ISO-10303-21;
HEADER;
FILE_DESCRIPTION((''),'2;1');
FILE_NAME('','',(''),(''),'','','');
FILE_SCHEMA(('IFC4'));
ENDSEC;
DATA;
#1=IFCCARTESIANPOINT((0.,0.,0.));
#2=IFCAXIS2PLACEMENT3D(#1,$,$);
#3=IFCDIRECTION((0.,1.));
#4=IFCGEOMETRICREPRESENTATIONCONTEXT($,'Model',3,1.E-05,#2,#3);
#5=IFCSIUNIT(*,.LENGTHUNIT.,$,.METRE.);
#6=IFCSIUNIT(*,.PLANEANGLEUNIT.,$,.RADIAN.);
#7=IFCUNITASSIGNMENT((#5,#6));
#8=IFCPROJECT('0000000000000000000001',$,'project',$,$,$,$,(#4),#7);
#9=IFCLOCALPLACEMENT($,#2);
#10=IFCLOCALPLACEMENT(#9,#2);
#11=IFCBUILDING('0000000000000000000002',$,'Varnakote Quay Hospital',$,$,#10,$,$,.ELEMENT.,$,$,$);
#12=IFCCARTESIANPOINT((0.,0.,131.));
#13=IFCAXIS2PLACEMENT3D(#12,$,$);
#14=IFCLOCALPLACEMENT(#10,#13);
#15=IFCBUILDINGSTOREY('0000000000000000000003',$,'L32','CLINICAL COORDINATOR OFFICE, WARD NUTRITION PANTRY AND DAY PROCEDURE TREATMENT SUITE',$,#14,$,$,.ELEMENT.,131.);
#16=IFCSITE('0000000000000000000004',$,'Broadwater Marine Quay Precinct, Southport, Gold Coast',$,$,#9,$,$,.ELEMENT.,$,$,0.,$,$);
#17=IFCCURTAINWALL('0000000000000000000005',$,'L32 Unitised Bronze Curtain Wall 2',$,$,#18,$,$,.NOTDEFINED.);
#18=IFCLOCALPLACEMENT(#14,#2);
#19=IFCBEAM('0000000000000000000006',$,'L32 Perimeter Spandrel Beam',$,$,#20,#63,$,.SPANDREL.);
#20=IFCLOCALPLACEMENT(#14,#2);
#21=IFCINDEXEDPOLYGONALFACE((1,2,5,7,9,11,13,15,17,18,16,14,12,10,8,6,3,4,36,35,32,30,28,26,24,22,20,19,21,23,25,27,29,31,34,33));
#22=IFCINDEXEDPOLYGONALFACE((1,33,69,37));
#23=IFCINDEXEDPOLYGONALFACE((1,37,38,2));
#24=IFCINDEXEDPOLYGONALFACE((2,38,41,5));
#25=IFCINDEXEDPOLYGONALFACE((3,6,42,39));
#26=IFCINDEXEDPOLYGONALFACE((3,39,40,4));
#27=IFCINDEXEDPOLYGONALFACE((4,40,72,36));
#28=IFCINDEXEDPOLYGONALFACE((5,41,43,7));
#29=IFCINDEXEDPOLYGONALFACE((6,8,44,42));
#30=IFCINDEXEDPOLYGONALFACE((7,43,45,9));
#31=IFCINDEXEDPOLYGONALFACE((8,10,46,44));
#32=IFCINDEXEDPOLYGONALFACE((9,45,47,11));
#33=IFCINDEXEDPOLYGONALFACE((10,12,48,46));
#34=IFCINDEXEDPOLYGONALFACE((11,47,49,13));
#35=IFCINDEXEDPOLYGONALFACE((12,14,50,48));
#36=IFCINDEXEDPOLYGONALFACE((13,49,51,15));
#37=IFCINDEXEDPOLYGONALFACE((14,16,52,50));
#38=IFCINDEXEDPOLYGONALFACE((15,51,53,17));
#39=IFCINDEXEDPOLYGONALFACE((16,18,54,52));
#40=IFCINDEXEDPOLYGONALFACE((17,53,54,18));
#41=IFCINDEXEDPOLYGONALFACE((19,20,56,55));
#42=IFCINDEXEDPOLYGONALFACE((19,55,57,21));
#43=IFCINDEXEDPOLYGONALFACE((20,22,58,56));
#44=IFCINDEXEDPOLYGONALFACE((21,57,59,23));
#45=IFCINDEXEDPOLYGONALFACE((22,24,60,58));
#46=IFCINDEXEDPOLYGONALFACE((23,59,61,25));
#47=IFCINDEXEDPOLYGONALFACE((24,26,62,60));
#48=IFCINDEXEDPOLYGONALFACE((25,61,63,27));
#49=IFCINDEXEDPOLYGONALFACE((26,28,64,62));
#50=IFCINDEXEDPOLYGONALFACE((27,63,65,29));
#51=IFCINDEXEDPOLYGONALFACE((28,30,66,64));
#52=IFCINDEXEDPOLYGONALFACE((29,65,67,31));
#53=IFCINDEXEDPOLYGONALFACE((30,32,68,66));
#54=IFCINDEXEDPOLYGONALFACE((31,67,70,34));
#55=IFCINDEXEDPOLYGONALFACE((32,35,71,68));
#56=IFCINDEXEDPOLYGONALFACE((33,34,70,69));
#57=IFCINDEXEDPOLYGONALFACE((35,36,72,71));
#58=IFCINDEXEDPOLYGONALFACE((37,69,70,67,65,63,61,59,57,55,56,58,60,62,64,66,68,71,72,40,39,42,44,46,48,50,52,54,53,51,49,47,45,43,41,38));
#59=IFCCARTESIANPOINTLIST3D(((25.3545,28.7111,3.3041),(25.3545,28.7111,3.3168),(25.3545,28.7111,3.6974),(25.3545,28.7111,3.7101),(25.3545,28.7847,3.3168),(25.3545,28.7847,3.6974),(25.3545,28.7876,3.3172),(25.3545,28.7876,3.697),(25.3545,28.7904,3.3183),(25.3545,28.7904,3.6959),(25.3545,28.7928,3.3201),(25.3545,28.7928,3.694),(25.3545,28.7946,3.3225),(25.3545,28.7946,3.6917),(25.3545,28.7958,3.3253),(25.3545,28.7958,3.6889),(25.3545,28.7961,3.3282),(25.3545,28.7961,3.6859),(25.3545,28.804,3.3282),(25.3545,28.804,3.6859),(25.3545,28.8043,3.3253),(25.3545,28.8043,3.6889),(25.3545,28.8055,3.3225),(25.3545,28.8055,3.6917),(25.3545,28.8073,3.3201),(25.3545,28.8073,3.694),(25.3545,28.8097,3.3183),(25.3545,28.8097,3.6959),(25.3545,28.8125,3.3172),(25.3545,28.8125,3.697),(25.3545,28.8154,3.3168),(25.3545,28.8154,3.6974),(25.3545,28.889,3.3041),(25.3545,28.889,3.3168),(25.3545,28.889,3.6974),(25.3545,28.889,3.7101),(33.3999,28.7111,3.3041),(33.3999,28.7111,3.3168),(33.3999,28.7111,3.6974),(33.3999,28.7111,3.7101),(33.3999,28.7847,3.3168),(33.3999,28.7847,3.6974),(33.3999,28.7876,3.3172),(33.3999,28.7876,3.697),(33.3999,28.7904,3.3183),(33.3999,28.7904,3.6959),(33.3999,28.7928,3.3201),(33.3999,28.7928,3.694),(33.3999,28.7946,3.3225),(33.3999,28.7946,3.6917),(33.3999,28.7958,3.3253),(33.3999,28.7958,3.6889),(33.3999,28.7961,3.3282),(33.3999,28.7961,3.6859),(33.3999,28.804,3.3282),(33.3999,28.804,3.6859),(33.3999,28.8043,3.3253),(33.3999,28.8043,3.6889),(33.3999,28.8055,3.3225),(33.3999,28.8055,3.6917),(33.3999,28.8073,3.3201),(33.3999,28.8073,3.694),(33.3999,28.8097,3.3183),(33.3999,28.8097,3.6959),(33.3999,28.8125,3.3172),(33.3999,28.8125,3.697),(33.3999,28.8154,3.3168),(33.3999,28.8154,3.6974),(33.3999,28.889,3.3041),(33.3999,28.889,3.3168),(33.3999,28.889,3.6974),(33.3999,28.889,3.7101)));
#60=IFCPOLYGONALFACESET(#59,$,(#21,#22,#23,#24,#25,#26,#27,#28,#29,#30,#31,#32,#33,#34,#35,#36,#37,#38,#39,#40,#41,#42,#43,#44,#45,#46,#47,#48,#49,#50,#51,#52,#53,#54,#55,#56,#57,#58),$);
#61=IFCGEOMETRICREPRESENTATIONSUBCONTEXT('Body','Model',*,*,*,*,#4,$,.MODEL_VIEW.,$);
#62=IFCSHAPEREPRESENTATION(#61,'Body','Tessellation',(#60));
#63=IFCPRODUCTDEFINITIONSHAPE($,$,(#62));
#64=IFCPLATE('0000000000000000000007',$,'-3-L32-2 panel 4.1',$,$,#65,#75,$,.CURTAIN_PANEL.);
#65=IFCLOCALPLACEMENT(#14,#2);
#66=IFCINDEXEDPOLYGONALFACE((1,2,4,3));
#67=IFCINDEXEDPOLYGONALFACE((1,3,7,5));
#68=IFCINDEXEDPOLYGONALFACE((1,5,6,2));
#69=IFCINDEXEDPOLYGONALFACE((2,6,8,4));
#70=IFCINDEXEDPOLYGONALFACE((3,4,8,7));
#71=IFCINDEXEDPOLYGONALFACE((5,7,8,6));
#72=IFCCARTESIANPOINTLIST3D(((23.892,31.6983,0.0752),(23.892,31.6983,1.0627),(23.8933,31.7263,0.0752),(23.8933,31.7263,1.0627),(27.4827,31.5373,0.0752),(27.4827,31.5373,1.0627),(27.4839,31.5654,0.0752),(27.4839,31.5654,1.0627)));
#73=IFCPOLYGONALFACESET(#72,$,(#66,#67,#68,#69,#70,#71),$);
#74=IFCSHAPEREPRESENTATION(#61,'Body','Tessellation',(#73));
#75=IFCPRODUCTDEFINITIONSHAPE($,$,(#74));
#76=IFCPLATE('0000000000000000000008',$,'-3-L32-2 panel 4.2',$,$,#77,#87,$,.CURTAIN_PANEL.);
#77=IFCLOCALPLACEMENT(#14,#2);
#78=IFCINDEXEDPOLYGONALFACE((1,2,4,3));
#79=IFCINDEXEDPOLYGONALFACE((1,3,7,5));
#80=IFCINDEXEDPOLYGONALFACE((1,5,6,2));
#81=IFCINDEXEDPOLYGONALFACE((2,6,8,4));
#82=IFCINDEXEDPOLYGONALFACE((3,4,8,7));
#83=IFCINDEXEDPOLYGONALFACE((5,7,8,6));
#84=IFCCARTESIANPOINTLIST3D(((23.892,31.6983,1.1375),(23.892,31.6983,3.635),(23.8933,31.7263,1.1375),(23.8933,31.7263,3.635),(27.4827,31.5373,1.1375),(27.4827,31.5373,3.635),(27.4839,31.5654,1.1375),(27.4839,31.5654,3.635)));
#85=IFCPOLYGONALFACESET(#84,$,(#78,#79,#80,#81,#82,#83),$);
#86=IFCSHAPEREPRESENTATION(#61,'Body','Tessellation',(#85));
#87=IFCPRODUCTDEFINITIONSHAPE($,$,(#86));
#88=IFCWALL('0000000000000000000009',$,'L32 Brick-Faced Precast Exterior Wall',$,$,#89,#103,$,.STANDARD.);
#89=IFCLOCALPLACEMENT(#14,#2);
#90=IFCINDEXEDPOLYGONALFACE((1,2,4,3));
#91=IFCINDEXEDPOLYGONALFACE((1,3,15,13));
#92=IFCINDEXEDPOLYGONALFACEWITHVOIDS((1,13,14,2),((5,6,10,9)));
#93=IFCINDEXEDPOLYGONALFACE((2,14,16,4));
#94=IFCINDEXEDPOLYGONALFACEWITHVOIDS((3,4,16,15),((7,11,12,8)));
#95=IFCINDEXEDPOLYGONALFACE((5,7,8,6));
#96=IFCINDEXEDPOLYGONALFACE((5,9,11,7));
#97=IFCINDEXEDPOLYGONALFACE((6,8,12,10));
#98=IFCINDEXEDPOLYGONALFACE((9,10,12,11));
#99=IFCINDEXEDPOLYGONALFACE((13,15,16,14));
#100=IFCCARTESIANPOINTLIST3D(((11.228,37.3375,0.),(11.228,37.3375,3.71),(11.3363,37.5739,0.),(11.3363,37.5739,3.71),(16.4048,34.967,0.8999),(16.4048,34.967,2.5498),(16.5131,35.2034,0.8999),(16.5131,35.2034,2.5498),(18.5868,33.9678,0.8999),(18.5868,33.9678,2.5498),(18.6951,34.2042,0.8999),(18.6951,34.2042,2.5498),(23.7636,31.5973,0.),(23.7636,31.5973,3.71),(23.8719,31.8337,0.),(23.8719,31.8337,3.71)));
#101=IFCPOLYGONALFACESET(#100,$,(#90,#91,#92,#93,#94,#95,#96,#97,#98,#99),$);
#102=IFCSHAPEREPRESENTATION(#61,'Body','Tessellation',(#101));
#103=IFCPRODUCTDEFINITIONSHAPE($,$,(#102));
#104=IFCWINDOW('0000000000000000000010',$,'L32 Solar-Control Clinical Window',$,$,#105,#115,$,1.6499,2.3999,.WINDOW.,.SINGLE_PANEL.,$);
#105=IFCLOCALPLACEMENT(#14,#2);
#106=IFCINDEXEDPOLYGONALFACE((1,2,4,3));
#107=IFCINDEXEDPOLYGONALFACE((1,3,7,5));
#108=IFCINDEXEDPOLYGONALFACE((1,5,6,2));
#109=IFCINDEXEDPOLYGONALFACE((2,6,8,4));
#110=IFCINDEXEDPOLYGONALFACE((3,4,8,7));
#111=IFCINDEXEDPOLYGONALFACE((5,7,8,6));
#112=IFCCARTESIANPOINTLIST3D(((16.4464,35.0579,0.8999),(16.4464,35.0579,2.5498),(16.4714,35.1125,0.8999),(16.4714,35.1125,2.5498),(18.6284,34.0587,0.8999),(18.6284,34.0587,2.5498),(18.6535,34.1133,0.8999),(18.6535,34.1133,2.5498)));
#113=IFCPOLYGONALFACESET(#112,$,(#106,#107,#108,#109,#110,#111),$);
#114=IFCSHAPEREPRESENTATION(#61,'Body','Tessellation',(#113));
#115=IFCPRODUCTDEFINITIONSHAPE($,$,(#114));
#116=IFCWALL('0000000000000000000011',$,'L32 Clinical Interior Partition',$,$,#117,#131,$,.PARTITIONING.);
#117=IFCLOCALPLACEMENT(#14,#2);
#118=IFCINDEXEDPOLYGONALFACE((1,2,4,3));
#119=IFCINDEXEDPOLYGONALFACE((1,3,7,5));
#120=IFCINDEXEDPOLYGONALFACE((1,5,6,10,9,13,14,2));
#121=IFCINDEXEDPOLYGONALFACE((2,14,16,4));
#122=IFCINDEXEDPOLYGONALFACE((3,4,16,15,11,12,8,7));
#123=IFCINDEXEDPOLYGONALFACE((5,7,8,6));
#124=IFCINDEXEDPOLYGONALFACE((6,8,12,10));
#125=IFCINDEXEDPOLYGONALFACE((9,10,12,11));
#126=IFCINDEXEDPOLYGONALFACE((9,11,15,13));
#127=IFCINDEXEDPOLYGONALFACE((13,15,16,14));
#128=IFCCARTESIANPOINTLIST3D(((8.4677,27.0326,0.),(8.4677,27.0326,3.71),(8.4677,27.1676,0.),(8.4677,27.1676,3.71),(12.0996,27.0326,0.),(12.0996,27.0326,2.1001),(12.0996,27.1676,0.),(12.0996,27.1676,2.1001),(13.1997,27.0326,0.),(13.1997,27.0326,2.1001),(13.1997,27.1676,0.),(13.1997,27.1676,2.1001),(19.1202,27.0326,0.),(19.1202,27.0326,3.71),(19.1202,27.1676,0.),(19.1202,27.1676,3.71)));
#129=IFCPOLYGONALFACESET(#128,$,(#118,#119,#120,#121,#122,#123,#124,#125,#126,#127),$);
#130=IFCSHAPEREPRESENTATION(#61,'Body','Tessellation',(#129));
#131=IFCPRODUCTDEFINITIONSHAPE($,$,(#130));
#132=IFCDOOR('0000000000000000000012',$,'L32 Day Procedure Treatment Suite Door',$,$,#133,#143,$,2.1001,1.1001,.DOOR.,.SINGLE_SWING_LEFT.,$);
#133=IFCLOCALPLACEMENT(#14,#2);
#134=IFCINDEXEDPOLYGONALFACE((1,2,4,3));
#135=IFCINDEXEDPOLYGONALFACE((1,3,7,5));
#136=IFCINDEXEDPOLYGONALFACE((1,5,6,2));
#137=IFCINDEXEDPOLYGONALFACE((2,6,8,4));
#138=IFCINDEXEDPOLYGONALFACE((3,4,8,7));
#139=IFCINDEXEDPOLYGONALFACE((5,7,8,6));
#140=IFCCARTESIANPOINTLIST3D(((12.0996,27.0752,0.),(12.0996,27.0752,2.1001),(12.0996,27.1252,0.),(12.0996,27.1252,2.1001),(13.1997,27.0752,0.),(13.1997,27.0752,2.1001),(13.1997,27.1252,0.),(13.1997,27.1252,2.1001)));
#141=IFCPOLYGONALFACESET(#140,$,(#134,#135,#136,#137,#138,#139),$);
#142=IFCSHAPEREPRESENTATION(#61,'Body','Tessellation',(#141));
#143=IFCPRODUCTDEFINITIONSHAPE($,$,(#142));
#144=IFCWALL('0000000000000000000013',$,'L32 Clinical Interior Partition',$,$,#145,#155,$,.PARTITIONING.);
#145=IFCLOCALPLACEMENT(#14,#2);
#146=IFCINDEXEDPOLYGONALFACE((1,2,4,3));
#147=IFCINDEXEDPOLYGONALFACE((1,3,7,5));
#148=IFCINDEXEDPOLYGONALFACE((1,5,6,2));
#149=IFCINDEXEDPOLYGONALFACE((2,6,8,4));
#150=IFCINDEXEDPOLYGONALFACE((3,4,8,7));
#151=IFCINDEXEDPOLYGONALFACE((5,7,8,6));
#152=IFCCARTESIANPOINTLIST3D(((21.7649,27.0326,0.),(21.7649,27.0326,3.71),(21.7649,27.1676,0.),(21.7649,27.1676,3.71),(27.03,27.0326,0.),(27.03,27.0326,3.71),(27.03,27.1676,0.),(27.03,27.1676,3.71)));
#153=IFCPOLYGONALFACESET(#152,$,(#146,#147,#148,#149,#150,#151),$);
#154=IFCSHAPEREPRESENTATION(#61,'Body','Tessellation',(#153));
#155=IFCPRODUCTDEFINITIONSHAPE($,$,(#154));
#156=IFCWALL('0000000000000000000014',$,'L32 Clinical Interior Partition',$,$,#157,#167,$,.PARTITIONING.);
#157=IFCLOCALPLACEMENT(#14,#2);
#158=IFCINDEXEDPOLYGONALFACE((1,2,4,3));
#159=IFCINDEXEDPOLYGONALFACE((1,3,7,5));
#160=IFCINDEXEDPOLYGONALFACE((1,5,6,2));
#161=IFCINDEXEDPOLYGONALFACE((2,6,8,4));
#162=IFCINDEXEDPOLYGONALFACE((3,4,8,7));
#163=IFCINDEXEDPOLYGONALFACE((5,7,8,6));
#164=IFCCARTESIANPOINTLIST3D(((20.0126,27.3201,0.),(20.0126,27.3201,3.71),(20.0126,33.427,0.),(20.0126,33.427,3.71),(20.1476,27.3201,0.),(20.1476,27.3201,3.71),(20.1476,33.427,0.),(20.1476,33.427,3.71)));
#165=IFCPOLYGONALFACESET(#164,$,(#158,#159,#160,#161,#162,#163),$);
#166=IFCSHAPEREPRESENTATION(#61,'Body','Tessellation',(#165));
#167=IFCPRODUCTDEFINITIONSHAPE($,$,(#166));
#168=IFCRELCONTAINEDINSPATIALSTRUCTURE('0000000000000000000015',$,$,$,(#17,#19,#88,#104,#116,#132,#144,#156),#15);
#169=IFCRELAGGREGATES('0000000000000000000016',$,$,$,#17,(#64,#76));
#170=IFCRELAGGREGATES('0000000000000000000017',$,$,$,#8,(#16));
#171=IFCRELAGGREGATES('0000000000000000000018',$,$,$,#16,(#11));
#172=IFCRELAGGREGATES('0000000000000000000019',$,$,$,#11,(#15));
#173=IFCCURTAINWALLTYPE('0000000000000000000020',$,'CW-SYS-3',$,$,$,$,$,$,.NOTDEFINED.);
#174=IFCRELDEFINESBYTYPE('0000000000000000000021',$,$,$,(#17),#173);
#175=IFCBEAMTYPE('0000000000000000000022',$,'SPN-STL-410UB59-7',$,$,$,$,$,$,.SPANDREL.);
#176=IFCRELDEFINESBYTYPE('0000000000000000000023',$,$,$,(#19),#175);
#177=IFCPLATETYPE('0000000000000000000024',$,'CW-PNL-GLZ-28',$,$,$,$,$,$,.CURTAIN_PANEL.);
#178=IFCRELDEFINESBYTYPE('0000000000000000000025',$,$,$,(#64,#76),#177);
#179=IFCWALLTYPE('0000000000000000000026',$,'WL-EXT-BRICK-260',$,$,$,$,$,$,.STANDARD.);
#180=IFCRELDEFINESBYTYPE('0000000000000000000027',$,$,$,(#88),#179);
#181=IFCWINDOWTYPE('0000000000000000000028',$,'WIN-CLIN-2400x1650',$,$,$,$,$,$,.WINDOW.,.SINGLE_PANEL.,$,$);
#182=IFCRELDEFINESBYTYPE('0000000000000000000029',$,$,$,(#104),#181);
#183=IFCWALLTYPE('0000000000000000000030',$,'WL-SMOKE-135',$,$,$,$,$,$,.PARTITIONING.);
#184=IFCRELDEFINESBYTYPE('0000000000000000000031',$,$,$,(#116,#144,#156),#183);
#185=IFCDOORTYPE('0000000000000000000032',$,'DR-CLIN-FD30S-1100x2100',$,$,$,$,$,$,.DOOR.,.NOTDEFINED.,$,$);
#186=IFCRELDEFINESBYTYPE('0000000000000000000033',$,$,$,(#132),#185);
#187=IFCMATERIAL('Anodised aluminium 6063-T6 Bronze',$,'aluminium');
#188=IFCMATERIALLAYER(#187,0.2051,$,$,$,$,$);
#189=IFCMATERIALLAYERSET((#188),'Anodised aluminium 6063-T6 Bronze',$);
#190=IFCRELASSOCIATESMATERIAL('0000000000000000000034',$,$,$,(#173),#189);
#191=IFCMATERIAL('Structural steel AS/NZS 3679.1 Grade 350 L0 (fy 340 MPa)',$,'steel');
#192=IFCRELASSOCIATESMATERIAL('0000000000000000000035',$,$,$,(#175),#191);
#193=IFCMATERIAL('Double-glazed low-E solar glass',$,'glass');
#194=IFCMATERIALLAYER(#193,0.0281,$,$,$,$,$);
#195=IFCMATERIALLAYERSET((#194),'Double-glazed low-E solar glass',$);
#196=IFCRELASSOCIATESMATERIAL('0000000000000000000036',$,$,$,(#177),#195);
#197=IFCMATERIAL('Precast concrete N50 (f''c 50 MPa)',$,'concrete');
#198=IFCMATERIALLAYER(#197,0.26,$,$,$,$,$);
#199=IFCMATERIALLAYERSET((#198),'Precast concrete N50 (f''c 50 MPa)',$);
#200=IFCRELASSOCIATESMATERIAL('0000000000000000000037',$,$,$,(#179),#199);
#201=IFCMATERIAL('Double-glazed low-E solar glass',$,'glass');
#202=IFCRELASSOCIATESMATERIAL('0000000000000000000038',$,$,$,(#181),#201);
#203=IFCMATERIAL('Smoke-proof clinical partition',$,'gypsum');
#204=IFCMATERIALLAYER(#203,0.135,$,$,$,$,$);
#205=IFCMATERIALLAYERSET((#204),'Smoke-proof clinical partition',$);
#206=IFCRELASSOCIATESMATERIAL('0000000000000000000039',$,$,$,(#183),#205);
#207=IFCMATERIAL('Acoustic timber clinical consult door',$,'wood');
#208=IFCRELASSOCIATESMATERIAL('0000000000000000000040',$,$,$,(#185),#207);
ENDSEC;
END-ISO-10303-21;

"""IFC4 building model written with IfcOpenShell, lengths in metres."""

from ifc_helpers import new_model, si_unit, direction, frame, frame_2d, origin, origin_2d, place, context, subcontext, project, spatial, rectangle, i_section, extrude, material, layer, layer_set, material_profile, profile_set, type_object, element, fill, aggregate, save


model = new_model("IFC4")

# Units and contexts
model_context = context("Model", 3, precision=1e-05, world=origin(), true_north=direction((0.0, 1.0)))
body_context = subcontext(model_context, "Body", "Model", "MODEL_VIEW")
ifc_project = project(units=[si_unit("LENGTHUNIT", "METRE"), si_unit("PLANEANGLEUNIT", "RADIAN")], contexts=[model_context])

# Site, building, storey
site_placement = place(None, origin())
site = spatial("IfcSite", under=ifc_project, at=site_placement, Name="Broadwater Marine Quay Precinct, Southport, Gold Coast", CompositionType="ELEMENT", RefElevation=0.0)
building_placement = place(site_placement, origin())
building = spatial("IfcBuilding", under=site, at=building_placement, Name="Varnakote Quay Hospital", CompositionType="ELEMENT")
storey_placement = place(building_placement, frame((0.0, 0.0, 131.0)))
storey = spatial("IfcBuildingStorey", under=building, at=storey_placement, Name="L32", Description="CLINICAL COORDINATOR OFFICE, WARD NUTRITION PANTRY AND DAY PROCEDURE TREATMENT SUITE", CompositionType="ELEMENT", Elevation=131.0)

# Curtain wall
ifc_material_1 = material(Name="Anodised aluminium 6063-T6 Bronze", Category="aluminium")
ifc_layer_1 = layer(ifc_material_1, 0.2051)
ifc_layer_set_1 = layer_set([ifc_layer_1], Name="Anodised aluminium 6063-T6 Bronze")
curtain_wall_type = type_object("IfcCurtainWallType", Name="CW-SYS-3", PredefinedType="NOTDEFINED", material=ifc_layer_set_1)
curtain_wall_placement = place(storey_placement, origin())
curtain_wall = element("IfcCurtainWall", 1, at=curtain_wall_placement, inside=storey, type_object=curtain_wall_type, Name="L32 Unitised Bronze Curtain Wall 2", PredefinedType="NOTDEFINED")

# Beam
ifc_material_2 = material(Name="Structural steel AS/NZS 3679.1 Grade 350 L0 (fy 340 MPa)", Category="steel")
ifc_material_profile_1 = material_profile(ifc_material_2, i_section(OverallWidth=0.178, OverallDepth=0.406, WebThickness=0.0078, FlangeThickness=0.0127, FilletRadius=0.0115, at=origin_2d()), Name="410UB59.7")
ifc_profile_set_1 = profile_set([ifc_material_profile_1], Name="Structural steel AS/NZS 3679.1 Grade 350 L0 (fy 340 MPa)")
beam_type_1 = type_object("IfcBeamType", Name="SPN-STL-410UB59-7", PredefinedType="SPANDREL", material=ifc_profile_set_1)
beam_1_placement = place(storey_placement, frame((25.3545, 28.8, 3.5071), z_axis=(1.0, 0.0, 0.0), x_axis=(0.0, 1.0, 0.0)))
element("IfcBeam", 2, at=beam_1_placement, inside=storey, type_object=beam_type_1, Name="L32 Perimeter Spandrel Beam", PredefinedType="SPANDREL", context=body_context, shape_type="SweptSolid", body=[
    extrude(i_section(OverallWidth=0.178, OverallDepth=0.406, WebThickness=0.0078, FlangeThickness=0.0127, FilletRadius=0.0115, at=origin_2d()), origin(), (0.0, 0.0, 1.0), 8.0454),
])

# Plates
ifc_material_3 = material(Name="Double-glazed low-E solar glass", Category="glass")
ifc_layer_2 = layer(ifc_material_3, 0.0281)
ifc_layer_set_2 = layer_set([ifc_layer_2], Name="Double-glazed low-E solar glass")
plate_type = type_object("IfcPlateType", Name="CW-PNL-GLZ-28", PredefinedType="CURTAIN_PANEL", material=ifc_layer_set_2)
plate_1_placement = place(storey_placement, frame((25.688, 31.6318, 0.0752), z_axis=(0.0, 0.0, 1.0), x_axis=(-0.998997, 0.044782, 0.0)))
plate_1 = element("IfcPlate", 3, at=plate_1_placement, type_object=plate_type, Name="-3-L32-2 panel 4.1", PredefinedType="CURTAIN_PANEL", context=body_context, shape_type="SweptSolid", body=[
    extrude(rectangle(XDim=3.5942, YDim=0.0281, at=origin_2d()), origin(), (0.0, 0.0, 1.0), 0.9875),
])
plate_2_placement = place(storey_placement, frame((25.688, 31.6318, 1.1375), z_axis=(0.0, 0.0, 1.0), x_axis=(-0.998997, 0.044782, 0.0)))
plate_2 = element("IfcPlate", 4, at=plate_2_placement, type_object=plate_type, Name="-3-L32-2 panel 4.2", PredefinedType="CURTAIN_PANEL", context=body_context, shape_type="SweptSolid", body=[
    extrude(rectangle(XDim=3.5942, YDim=0.0281, at=origin_2d()), origin(), (0.0, 0.0, 1.0), 2.4976),
])
aggregate(curtain_wall, [plate_1, plate_2])

# Wall, opening, window
ifc_material_4 = material(Name="Precast concrete N50 (f'c 50 MPa)", Category="concrete")
ifc_layer_3 = layer(ifc_material_4, 0.26)
ifc_layer_set_3 = layer_set([ifc_layer_3], Name="Precast concrete N50 (f'c 50 MPa)")
wall_type_1 = type_object("IfcWallType", Name="WL-EXT-BRICK-260", PredefinedType="STANDARD", material=ifc_layer_set_3)
wall_1_placement = place(storey_placement, frame((23.8176, 31.7156, 0.0), z_axis=(0.0, 0.0, 1.0), x_axis=(-0.90921, 0.416339, 0.0)))
wall_1 = element("IfcWall", 5, at=wall_1_placement, inside=storey, type_object=wall_type_1, Name="L32 Brick-Faced Precast Exterior Wall", PredefinedType="STANDARD", context=body_context, shape_type="SweptSolid", body=[
    extrude(rectangle(XDim=13.7874, YDim=0.26, at=frame_2d((6.8936, 0.0))), origin(), (0.0, 0.0, 1.0), 3.71),
])
opening_1_placement = place(wall_1_placement, frame((5.6936, 0.0, 0.8999)))
opening_1 = element("IfcOpeningElement", 6, at=opening_1_placement, cuts=wall_1, PredefinedType="OPENING", context=body_context, shape_type="SweptSolid", body=[
    extrude(rectangle(XDim=2.3999, YDim=1.6499, at=frame_2d((1.2, 0.825))), frame((0.0, 0.1399, 0.0), z_axis=(0.0, -1.0, 0.0), x_axis=(1.0, 0.0, 0.0)), (0.0, 0.0, 1.0), 0.28),
])
ifc_material_5 = material(Name="Double-glazed low-E solar glass", Category="glass")
window_type = type_object("IfcWindowType", Name="WIN-CLIN-2400x1650", PartitioningType="SINGLE_PANEL", PredefinedType="WINDOW", material=ifc_material_5)
window_placement = place(opening_1_placement, origin())
window = element("IfcWindow", 7, at=window_placement, inside=storey, type_object=window_type, Name="L32 Solar-Control Clinical Window", OverallHeight=1.6499, OverallWidth=2.3999, PartitioningType="SINGLE_PANEL", PredefinedType="WINDOW", context=body_context, shape_type="SweptSolid", body=[
    extrude(rectangle(XDim=2.3999, YDim=1.6499, at=frame_2d((1.2, 0.825))), frame((0.0, 0.03, 0.0), z_axis=(0.0, -1.0, 0.0), x_axis=(1.0, 0.0, 0.0)), (0.0, 0.0, 1.0), 0.0601),
])
fill(opening_1, window)

# Wall, opening, door
ifc_material_6 = material(Name="Smoke-proof clinical partition", Category="gypsum")
ifc_layer_4 = layer(ifc_material_6, 0.135)
ifc_layer_set_4 = layer_set([ifc_layer_4], Name="Smoke-proof clinical partition")
wall_type_2 = type_object("IfcWallType", Name="WL-SMOKE-135", PredefinedType="PARTITIONING", material=ifc_layer_set_4)
wall_2_placement = place(storey_placement, frame((19.1201, 27.1001, 0.0), z_axis=(0.0, 0.0, 1.0), x_axis=(-1.0, 0.0, 0.0)))
wall_2 = element("IfcWall", 8, at=wall_2_placement, inside=storey, type_object=wall_type_2, Name="L32 Clinical Interior Partition", PredefinedType="PARTITIONING", context=body_context, shape_type="SweptSolid", body=[
    extrude(rectangle(XDim=10.6526, YDim=0.135, at=frame_2d((5.3262, 0.0))), origin(), (0.0, 0.0, 1.0), 3.71),
])
opening_2_placement = place(wall_2_placement, frame((5.9204, 0.0, 0.0)))
opening_2 = element("IfcOpeningElement", 9, at=opening_2_placement, cuts=wall_2, PredefinedType="OPENING", context=body_context, shape_type="SweptSolid", body=[
    extrude(rectangle(XDim=1.1001, YDim=2.1001, at=frame_2d((0.55, 1.05))), frame((0.0, 0.0774, 0.0), z_axis=(0.0, -1.0, 0.0), x_axis=(1.0, 0.0, 0.0)), (0.0, 0.0, 1.0), 0.155),
])
ifc_material_7 = material(Name="Acoustic timber clinical consult door", Category="wood")
door_type = type_object("IfcDoorType", Name="DR-CLIN-FD30S-1100x2100", OperationType="NOTDEFINED", PredefinedType="DOOR", material=ifc_material_7)
door_1_placement = place(opening_2_placement, origin())
door_1 = element("IfcDoor", 10, at=door_1_placement, inside=storey, type_object=door_type, Name="L32 Day Procedure Treatment Suite Door", OperationType="SINGLE_SWING_LEFT", OverallHeight=2.1001, OverallWidth=1.1001, PredefinedType="DOOR", context=body_context, shape_type="SweptSolid", body=[
    extrude(rectangle(XDim=1.1001, YDim=2.1001, at=frame_2d((0.55, 1.05))), frame((0.0, 0.0249, 0.0), z_axis=(0.0, -1.0, 0.0), x_axis=(1.0, 0.0, 0.0)), (0.0, 0.0, 1.0), 0.05),
])
fill(opening_2, door_1)

# Walls
wall_3_placement = place(storey_placement, frame((27.03, 27.1001, 0.0), z_axis=(0.0, 0.0, 1.0), x_axis=(-1.0, 0.0, 0.0)))
element("IfcWall", 11, at=wall_3_placement, inside=storey, type_object=wall_type_2, Name="L32 Clinical Interior Partition", PredefinedType="PARTITIONING", context=body_context, shape_type="SweptSolid", body=[
    extrude(rectangle(XDim=5.2651, YDim=0.135, at=frame_2d((2.6326, 0.0))), origin(), (0.0, 0.0, 1.0), 3.71),
])
wall_4_placement = place(storey_placement, frame((20.0801, 27.3201, 0.0), z_axis=(0.0, 0.0, 1.0), x_axis=(0.0, 1.0, 0.0)))
element("IfcWall", 12, at=wall_4_placement, inside=storey, type_object=wall_type_2, Name="L32 Clinical Interior Partition", PredefinedType="PARTITIONING", context=body_context, shape_type="SweptSolid", body=[
    extrude(rectangle(XDim=6.1069, YDim=0.135, at=frame_2d((3.0535, 0.0))), origin(), (0.0, 0.0, 1.0), 3.71),
])

save(model, "model.ifc")
